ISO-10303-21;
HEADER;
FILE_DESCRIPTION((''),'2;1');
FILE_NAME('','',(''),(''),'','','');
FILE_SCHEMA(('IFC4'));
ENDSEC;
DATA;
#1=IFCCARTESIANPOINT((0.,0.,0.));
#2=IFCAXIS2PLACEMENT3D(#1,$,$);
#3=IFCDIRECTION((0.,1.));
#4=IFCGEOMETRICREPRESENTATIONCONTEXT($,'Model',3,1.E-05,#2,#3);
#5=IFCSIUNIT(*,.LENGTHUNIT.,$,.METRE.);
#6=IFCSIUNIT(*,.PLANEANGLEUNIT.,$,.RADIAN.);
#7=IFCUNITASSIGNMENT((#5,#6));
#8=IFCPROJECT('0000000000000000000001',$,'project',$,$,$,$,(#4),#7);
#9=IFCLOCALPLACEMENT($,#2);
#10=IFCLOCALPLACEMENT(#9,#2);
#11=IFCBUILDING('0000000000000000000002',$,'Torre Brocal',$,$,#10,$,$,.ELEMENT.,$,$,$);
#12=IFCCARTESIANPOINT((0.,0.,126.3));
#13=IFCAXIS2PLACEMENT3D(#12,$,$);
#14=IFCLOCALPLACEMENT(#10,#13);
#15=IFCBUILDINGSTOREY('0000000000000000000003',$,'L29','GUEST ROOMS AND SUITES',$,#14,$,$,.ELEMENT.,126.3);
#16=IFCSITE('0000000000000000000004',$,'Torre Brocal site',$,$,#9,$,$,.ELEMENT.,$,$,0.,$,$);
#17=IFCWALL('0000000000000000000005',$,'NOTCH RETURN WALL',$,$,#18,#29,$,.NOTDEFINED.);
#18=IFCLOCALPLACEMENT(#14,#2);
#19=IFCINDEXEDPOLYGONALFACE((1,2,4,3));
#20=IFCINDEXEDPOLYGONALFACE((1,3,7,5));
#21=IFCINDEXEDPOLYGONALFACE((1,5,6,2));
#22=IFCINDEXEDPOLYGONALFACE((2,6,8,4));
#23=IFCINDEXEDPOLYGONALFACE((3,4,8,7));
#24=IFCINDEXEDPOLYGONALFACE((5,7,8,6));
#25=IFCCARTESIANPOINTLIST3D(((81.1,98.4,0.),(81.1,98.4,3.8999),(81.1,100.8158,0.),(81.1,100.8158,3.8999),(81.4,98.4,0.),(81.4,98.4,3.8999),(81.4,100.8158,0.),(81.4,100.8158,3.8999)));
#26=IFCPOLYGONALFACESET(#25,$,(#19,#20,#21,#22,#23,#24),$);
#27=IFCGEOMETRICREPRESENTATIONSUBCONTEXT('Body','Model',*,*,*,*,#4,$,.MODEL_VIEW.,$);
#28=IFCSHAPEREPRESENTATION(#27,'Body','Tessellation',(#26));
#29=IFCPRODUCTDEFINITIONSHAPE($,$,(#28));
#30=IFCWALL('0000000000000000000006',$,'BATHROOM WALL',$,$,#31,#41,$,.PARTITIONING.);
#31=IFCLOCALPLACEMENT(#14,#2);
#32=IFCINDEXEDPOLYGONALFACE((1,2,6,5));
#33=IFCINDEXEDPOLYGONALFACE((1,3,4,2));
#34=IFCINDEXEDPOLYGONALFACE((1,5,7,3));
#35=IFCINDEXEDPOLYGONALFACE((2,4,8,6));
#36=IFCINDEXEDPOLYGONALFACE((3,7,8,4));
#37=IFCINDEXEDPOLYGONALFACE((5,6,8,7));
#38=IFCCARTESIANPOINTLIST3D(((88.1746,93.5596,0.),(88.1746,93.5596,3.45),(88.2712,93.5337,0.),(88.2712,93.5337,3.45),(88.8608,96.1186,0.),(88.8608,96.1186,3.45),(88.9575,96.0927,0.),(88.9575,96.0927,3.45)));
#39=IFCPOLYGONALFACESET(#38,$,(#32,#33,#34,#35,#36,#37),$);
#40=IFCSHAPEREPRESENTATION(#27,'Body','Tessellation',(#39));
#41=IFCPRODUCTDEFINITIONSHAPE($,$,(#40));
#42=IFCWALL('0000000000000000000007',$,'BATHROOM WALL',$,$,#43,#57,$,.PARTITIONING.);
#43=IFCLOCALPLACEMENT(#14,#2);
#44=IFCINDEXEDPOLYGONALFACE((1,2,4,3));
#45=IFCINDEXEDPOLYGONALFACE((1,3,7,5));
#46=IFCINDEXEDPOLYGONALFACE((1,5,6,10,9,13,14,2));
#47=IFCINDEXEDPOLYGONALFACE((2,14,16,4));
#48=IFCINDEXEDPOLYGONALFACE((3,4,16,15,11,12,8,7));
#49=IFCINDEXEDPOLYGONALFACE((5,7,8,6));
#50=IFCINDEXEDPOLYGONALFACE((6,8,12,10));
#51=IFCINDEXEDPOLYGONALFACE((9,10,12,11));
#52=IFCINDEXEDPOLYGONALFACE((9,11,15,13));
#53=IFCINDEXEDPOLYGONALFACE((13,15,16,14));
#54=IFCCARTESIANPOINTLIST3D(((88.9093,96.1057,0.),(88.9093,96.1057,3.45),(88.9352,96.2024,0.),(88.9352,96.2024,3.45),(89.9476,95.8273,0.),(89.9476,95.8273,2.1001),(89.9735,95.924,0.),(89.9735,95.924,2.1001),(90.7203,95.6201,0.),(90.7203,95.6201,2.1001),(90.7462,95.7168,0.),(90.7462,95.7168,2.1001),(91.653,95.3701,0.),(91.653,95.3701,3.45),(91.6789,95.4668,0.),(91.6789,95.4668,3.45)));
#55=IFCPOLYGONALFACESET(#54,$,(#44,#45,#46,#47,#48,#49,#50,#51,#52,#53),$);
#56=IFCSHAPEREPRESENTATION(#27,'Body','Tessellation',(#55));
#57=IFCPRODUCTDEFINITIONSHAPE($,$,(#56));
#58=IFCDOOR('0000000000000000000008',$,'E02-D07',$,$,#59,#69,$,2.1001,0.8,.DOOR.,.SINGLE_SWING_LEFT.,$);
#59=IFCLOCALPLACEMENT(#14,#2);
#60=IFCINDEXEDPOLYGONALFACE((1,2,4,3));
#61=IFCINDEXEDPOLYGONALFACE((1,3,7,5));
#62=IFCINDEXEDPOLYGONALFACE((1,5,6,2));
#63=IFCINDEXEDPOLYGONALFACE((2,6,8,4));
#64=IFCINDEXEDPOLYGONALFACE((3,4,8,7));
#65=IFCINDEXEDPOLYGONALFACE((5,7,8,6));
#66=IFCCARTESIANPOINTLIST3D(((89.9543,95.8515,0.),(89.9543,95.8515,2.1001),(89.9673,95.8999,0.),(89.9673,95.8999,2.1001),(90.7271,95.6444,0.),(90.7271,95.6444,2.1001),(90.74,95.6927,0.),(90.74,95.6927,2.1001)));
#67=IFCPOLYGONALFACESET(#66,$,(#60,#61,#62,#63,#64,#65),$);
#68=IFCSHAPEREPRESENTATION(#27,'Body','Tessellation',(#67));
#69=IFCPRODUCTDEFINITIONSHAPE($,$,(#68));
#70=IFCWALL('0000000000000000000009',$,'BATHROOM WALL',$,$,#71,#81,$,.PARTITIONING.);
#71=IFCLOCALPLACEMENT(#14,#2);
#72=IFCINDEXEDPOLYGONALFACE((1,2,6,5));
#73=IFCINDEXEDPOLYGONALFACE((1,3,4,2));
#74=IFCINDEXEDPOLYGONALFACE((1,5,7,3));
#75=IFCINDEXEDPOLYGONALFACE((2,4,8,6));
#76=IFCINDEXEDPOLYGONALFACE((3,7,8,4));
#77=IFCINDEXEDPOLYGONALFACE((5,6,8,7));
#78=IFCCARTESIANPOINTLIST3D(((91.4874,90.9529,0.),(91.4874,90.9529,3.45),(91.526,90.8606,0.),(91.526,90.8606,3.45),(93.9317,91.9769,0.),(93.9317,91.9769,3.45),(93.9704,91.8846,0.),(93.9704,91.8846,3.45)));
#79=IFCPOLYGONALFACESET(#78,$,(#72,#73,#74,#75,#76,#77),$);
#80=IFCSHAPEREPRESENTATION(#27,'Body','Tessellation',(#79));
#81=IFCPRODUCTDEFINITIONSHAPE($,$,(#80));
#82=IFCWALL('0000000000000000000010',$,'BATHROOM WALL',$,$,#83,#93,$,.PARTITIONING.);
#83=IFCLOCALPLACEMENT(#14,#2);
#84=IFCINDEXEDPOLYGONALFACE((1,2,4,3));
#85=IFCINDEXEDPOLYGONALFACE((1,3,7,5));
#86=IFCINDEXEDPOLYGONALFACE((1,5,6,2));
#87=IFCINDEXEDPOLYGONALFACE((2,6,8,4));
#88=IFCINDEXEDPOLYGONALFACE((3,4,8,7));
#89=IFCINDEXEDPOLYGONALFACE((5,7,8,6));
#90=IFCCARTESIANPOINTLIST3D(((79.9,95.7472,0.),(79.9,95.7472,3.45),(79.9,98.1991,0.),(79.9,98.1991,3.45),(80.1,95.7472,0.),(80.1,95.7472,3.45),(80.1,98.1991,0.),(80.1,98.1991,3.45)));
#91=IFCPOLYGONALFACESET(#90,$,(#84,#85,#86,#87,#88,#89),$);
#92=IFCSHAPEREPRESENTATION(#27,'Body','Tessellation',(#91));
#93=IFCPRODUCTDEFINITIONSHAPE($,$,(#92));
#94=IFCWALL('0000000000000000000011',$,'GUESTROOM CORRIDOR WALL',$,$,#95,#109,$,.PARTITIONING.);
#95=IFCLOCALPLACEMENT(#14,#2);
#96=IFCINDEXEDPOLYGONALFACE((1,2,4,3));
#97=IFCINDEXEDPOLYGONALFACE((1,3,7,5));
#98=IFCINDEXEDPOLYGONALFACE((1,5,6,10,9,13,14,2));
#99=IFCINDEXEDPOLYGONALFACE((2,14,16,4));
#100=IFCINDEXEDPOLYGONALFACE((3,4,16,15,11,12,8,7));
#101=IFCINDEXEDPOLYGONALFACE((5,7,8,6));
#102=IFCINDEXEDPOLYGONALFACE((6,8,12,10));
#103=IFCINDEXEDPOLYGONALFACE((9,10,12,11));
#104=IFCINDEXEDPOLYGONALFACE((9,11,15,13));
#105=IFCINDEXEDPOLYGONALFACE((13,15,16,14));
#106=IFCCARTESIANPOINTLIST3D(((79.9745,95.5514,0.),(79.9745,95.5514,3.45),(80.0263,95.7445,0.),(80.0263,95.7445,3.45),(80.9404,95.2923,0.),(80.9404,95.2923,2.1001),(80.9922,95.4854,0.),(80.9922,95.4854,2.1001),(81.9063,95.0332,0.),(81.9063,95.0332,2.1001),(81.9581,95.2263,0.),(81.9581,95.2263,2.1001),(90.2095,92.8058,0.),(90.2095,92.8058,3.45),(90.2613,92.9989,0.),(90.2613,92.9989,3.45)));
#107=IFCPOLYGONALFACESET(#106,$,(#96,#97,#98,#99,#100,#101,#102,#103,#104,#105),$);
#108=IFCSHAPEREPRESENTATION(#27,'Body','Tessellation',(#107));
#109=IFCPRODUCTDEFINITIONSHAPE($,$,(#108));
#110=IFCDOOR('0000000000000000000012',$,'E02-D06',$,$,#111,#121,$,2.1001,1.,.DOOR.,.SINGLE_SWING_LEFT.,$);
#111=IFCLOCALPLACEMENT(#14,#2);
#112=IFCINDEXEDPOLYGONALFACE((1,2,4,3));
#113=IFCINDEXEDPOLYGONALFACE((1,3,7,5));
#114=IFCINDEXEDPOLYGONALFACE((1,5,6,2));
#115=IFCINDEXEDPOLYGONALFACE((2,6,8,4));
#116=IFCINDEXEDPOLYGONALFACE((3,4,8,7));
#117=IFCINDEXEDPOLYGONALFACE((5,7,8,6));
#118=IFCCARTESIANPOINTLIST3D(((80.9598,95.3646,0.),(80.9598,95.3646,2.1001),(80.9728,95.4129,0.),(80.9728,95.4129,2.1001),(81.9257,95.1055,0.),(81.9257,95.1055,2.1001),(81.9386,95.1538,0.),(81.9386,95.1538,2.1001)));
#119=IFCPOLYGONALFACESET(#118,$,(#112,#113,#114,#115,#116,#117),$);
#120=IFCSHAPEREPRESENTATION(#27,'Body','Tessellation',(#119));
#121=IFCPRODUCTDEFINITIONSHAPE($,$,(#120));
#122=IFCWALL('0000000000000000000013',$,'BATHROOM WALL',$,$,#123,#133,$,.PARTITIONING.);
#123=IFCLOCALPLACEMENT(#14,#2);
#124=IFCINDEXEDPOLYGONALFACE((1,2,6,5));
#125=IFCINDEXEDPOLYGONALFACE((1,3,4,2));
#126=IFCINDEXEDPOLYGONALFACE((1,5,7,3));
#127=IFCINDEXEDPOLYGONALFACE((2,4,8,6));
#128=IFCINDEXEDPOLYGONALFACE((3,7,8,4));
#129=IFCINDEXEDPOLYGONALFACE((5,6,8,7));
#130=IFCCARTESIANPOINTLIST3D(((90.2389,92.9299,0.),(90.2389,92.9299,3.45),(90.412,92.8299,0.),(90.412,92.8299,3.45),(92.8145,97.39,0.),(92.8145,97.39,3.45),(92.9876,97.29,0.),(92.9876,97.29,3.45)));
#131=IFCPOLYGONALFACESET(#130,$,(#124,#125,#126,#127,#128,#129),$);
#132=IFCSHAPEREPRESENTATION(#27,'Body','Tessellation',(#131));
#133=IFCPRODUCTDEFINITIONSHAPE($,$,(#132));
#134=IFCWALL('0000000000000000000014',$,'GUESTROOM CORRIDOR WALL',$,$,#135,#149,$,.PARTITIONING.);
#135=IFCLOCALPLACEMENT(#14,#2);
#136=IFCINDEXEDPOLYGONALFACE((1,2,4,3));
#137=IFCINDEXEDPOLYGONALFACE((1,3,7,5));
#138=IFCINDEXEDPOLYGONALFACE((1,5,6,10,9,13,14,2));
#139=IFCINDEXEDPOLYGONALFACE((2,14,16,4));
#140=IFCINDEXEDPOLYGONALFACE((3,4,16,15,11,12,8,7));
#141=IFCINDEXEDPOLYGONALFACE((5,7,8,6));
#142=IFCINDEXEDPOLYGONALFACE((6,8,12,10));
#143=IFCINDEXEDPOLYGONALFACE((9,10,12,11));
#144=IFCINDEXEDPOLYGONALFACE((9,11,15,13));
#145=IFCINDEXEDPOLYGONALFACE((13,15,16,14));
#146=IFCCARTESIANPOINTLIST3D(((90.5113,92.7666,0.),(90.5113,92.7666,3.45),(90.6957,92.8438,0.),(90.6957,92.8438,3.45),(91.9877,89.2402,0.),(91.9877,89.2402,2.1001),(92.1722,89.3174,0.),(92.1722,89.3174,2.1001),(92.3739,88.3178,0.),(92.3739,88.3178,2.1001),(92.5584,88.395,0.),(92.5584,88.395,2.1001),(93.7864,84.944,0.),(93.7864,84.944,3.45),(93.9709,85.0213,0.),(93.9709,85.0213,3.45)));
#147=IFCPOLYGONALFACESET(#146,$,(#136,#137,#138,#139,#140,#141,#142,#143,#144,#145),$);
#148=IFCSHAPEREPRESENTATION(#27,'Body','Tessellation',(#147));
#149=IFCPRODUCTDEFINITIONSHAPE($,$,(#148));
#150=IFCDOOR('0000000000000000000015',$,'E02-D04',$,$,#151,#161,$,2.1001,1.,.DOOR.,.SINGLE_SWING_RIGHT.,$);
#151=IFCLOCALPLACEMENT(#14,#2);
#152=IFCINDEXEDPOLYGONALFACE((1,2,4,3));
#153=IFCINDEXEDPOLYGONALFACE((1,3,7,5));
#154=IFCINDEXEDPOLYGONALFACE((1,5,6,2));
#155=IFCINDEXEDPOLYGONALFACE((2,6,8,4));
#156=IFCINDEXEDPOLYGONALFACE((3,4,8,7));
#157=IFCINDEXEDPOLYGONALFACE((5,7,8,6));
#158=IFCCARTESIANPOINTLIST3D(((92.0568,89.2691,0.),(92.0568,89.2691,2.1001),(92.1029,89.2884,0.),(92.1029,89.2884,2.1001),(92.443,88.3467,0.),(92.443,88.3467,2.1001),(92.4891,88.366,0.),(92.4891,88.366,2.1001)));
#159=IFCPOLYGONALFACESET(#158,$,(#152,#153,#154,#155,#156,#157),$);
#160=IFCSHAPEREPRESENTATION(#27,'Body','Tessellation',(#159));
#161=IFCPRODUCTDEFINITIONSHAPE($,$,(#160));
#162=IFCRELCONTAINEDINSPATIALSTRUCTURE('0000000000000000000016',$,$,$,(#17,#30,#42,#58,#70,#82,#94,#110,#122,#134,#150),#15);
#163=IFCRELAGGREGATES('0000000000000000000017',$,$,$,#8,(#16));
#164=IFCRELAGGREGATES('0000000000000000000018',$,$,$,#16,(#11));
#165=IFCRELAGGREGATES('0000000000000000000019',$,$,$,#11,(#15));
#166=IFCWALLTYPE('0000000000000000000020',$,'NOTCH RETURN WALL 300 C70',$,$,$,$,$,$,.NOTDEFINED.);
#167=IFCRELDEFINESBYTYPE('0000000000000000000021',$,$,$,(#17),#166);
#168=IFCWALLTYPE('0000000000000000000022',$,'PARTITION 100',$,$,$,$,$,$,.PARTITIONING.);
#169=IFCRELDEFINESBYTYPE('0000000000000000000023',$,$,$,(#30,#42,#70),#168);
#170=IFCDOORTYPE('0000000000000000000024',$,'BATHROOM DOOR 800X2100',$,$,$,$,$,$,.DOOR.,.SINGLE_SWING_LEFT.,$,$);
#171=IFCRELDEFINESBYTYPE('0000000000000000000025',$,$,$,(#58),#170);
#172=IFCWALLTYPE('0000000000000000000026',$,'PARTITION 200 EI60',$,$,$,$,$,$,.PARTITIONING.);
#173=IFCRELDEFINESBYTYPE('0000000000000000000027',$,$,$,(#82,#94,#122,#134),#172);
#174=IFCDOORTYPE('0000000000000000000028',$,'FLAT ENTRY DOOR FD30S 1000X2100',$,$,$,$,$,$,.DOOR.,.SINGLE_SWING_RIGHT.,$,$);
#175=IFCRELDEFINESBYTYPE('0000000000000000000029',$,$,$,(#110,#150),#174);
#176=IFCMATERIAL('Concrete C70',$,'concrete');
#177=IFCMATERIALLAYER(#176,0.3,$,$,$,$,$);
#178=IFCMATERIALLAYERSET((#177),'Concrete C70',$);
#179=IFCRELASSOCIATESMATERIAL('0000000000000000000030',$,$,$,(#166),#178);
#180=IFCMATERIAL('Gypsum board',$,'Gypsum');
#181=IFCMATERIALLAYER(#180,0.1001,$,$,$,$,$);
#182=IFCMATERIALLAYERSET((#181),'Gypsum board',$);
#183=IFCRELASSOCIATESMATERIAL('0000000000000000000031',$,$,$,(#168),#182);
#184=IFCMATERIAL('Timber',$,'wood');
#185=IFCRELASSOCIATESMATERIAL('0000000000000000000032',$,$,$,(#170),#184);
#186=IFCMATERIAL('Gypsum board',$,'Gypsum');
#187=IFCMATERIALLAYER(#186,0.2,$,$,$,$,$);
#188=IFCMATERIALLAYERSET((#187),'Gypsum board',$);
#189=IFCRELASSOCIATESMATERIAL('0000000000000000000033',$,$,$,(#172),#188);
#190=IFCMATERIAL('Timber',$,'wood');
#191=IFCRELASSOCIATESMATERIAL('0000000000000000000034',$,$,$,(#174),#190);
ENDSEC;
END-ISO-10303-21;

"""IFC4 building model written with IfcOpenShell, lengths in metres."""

from ifc_helpers import new_model, si_unit, direction, frame, frame_2d, origin, place, context, subcontext, project, spatial, rectangle, extrude, material, layer, layer_set, type_object, element, fill, save


model = new_model("IFC4")

# Units and contexts
model_context = context("Model", 3, precision=1e-05, world=origin(), true_north=direction((0.0, 1.0)))
body_context = subcontext(model_context, "Body", "Model", "MODEL_VIEW")
ifc_project = project(units=[si_unit("LENGTHUNIT", "METRE"), si_unit("PLANEANGLEUNIT", "RADIAN")], contexts=[model_context])

# Site, building, storey
site_placement = place(None, origin())
site = spatial("IfcSite", under=ifc_project, at=site_placement, Name="Torre Brocal site", CompositionType="ELEMENT", RefElevation=0.0)
building_placement = place(site_placement, origin())
building = spatial("IfcBuilding", under=site, at=building_placement, Name="Torre Brocal", CompositionType="ELEMENT")
storey_placement = place(building_placement, frame((0.0, 0.0, 126.3)))
storey = spatial("IfcBuildingStorey", under=building, at=storey_placement, Name="L29", Description="GUEST ROOMS AND SUITES", CompositionType="ELEMENT", Elevation=126.3)

# Walls
ifc_material_1 = material(Name="Concrete C70", Category="concrete")
ifc_layer_1 = layer(ifc_material_1, 0.3)
ifc_layer_set_1 = layer_set([ifc_layer_1], Name="Concrete C70")
wall_type_1 = type_object("IfcWallType", Name="NOTCH RETURN WALL 300 C70", PredefinedType="NOTDEFINED", material=ifc_layer_set_1)
wall_1_placement = place(storey_placement, frame((81.25, 98.3999, 0.0), z_axis=(0.0, 0.0, 1.0), x_axis=(0.0, 1.0, 0.0)))
element("IfcWall", 1, at=wall_1_placement, inside=storey, type_object=wall_type_1, Name="NOTCH RETURN WALL", PredefinedType="NOTDEFINED", context=body_context, shape_type="SweptSolid", body=[
    extrude(rectangle(XDim=2.4158, YDim=0.3, at=frame_2d((1.208, 0.0))), origin(), (0.0, 0.0, 1.0), 3.8999),
])
ifc_material_2 = material(Name="Gypsum board", Category="Gypsum")
ifc_layer_2 = layer(ifc_material_2, 0.1001)
ifc_layer_set_2 = layer_set([ifc_layer_2], Name="Gypsum board")
wall_type_2 = type_object("IfcWallType", Name="PARTITION 100", PredefinedType="PARTITIONING", material=ifc_layer_set_2)
wall_2_placement = place(storey_placement, frame((88.2229, 93.5466, 0.0), z_axis=(0.0, 0.0, 1.0), x_axis=(0.259022, 0.965872, 0.0)))
element("IfcWall", 2, at=wall_2_placement, inside=storey, type_object=wall_type_2, Name="BATHROOM WALL", PredefinedType="PARTITIONING", context=body_context, shape_type="SweptSolid", body=[
    extrude(rectangle(XDim=2.6494, YDim=0.1001, at=frame_2d((1.3247, 0.0))), origin(), (0.0, 0.0, 1.0), 3.45),
])

# Wall, opening, door
wall_3_placement = place(storey_placement, frame((88.9221, 96.1541, 0.0), z_axis=(0.0, 0.0, 1.0), x_axis=(0.965887, -0.258962, 0.0)))
wall_3 = element("IfcWall", 3, at=wall_3_placement, inside=storey, type_object=wall_type_2, Name="BATHROOM WALL", PredefinedType="PARTITIONING", context=body_context, shape_type="SweptSolid", body=[
    extrude(rectangle(XDim=2.8406, YDim=0.1001, at=frame_2d((1.4204, 0.0))), origin(), (0.0, 0.0, 1.0), 3.45),
])
opening_1_placement = place(wall_3_placement, frame((1.0752, 0.0, 0.0)))
opening_1 = element("IfcOpeningElement", 4, at=opening_1_placement, cuts=wall_3, PredefinedType="OPENING", context=body_context, shape_type="SweptSolid", body=[
    extrude(rectangle(XDim=0.8, YDim=2.1001, at=frame_2d((0.3999, 1.05))), frame((0.0, 0.0601, 0.0), z_axis=(0.0, -1.0, 0.0), x_axis=(1.0, 0.0, 0.0)), (0.0, 0.0, 1.0), 0.1201),
])
ifc_material_3 = material(Name="Timber", Category="wood")
door_type_1 = type_object("IfcDoorType", Name="BATHROOM DOOR 800X2100", OperationType="SINGLE_SWING_LEFT", PredefinedType="DOOR", material=ifc_material_3)
door_1_placement = place(opening_1_placement, frame((0.8, 0.0, 0.0), z_axis=(0.0, 0.0, 1.0), x_axis=(-1.0, 0.0, 0.0)))
door_1 = element("IfcDoor", 5, at=door_1_placement, inside=storey, type_object=door_type_1, Name="E02-D07", OperationType="SINGLE_SWING_LEFT", OverallHeight=2.1001, OverallWidth=0.8, PredefinedType="DOOR", context=body_context, shape_type="SweptSolid", body=[
    extrude(rectangle(XDim=0.8, YDim=2.1001, at=frame_2d((0.3999, 1.05))), frame((0.0, 0.0249, 0.0), z_axis=(0.0, -1.0, 0.0), x_axis=(1.0, 0.0, 0.0)), (0.0, 0.0, 1.0), 0.05),
])
fill(opening_1, door_1)

# Walls
wall_4_placement = place(storey_placement, frame((91.5066, 90.9067, 0.0), z_axis=(0.0, 0.0, 1.0), x_axis=(0.922345, 0.386368, 0.0)))
element("IfcWall", 6, at=wall_4_placement, inside=storey, type_object=wall_type_2, Name="BATHROOM WALL", PredefinedType="PARTITIONING", context=body_context, shape_type="SweptSolid", body=[
    extrude(rectangle(XDim=2.6501, YDim=0.1001, at=frame_2d((1.3252, 0.0))), origin(), (0.0, 0.0, 1.0), 3.45),
])
ifc_material_4 = material(Name="Gypsum board", Category="Gypsum")
ifc_layer_3 = layer(ifc_material_4, 0.2)
ifc_layer_set_3 = layer_set([ifc_layer_3], Name="Gypsum board")
wall_type_3 = type_object("IfcWallType", Name="PARTITION 200 EI60", PredefinedType="PARTITIONING", material=ifc_layer_set_3)
wall_5_placement = place(storey_placement, frame((80.0, 95.7471, 0.0), z_axis=(0.0, 0.0, 1.0), x_axis=(0.0, 1.0, 0.0)))
element("IfcWall", 7, at=wall_5_placement, inside=storey, type_object=wall_type_3, Name="BATHROOM WALL", PredefinedType="PARTITIONING", context=body_context, shape_type="SweptSolid", body=[
    extrude(rectangle(XDim=2.4519, YDim=0.2, at=frame_2d((1.2261, 0.0))), origin(), (0.0, 0.0, 1.0), 3.45),
])

# Wall, opening, door
wall_6_placement = place(storey_placement, frame((80.0005, 95.6479, 0.0), z_axis=(0.0, 0.0, 1.0), x_axis=(0.965852, -0.259093, 0.0)))
wall_6 = element("IfcWall", 8, at=wall_6_placement, inside=storey, type_object=wall_type_3, Name="GUESTROOM CORRIDOR WALL", PredefinedType="PARTITIONING", context=body_context, shape_type="SweptSolid", body=[
    extrude(rectangle(XDim=10.5969, YDim=0.2, at=frame_2d((5.2983, 0.0))), origin(), (0.0, 0.0, 1.0), 3.45),
])
opening_2_placement = place(wall_6_placement, frame((1.0, 0.0, 0.0)))
opening_2 = element("IfcOpeningElement", 9, at=opening_2_placement, cuts=wall_6, PredefinedType="OPENING", context=body_context, shape_type="SweptSolid", body=[
    extrude(rectangle(XDim=1.0, YDim=2.1001, at=frame_2d((0.5, 1.05))), frame((0.0, 0.1099, 0.0), z_axis=(0.0, -1.0, 0.0), x_axis=(1.0, 0.0, 0.0)), (0.0, 0.0, 1.0), 0.22),
])
ifc_material_5 = material(Name="Timber", Category="wood")
door_type_2 = type_object("IfcDoorType", Name="FLAT ENTRY DOOR FD30S 1000X2100", OperationType="SINGLE_SWING_RIGHT", PredefinedType="DOOR", material=ifc_material_5)
door_2_placement = place(opening_2_placement, origin())
door_2 = element("IfcDoor", 10, at=door_2_placement, inside=storey, type_object=door_type_2, Name="E02-D06", OperationType="SINGLE_SWING_LEFT", OverallHeight=2.1001, OverallWidth=1.0, PredefinedType="DOOR", context=body_context, shape_type="SweptSolid", body=[
    extrude(rectangle(XDim=1.0, YDim=2.1001, at=frame_2d((0.5, 1.05))), frame((0.0, 0.0249, 0.0), z_axis=(0.0, -1.0, 0.0), x_axis=(1.0, 0.0, 0.0)), (0.0, 0.0, 1.0), 0.05),
])
fill(opening_2, door_2)

# Wall
wall_7_placement = place(storey_placement, frame((90.3254, 92.8799, 0.0), z_axis=(0.0, 0.0, 1.0), x_axis=(0.500085, 0.865976, 0.0)))
element("IfcWall", 11, at=wall_7_placement, inside=storey, type_object=wall_type_3, Name="BATHROOM WALL", PredefinedType="PARTITIONING", context=body_context, shape_type="SweptSolid", body=[
    extrude(rectangle(XDim=5.1504, YDim=0.2, at=frame_2d((2.5752, 0.0))), origin(), (0.0, 0.0, 1.0), 3.45),
])

# Wall, opening, door
wall_8_placement = place(storey_placement, frame((90.6035, 92.8052, 0.0), z_axis=(0.0, 0.0, 1.0), x_axis=(0.386199, -0.922415, 0.0)))
wall_8 = element("IfcWall", 12, at=wall_8_placement, inside=storey, type_object=wall_type_3, Name="GUESTROOM CORRIDOR WALL", PredefinedType="PARTITIONING", context=body_context, shape_type="SweptSolid", body=[
    extrude(rectangle(XDim=8.4805, YDim=0.2, at=frame_2d((4.2402, 0.0))), origin(), (0.0, 0.0, 1.0), 3.45),
])
opening_3_placement = place(wall_8_placement, frame((3.823, 0.0, 0.0)))
opening_3 = element("IfcOpeningElement", 13, at=opening_3_placement, cuts=wall_8, PredefinedType="OPENING", context=body_context, shape_type="SweptSolid", body=[
    extrude(rectangle(XDim=1.0, YDim=2.1001, at=frame_2d((0.5, 1.05))), frame((0.0, 0.1099, 0.0), z_axis=(0.0, -1.0, 0.0), x_axis=(1.0, 0.0, 0.0)), (0.0, 0.0, 1.0), 0.22),
])
door_3_placement = place(opening_3_placement, origin())
door_3 = element("IfcDoor", 14, at=door_3_placement, inside=storey, type_object=door_type_2, Name="E02-D04", OperationType="SINGLE_SWING_RIGHT", OverallHeight=2.1001, OverallWidth=1.0, PredefinedType="DOOR", context=body_context, shape_type="SweptSolid", body=[
    extrude(rectangle(XDim=1.0, YDim=2.1001, at=frame_2d((0.5, 1.05))), frame((0.0, 0.0249, 0.0), z_axis=(0.0, -1.0, 0.0), x_axis=(1.0, 0.0, 0.0)), (0.0, 0.0, 1.0), 0.05),
])
fill(opening_3, door_3)

save(model, "model.ifc")
